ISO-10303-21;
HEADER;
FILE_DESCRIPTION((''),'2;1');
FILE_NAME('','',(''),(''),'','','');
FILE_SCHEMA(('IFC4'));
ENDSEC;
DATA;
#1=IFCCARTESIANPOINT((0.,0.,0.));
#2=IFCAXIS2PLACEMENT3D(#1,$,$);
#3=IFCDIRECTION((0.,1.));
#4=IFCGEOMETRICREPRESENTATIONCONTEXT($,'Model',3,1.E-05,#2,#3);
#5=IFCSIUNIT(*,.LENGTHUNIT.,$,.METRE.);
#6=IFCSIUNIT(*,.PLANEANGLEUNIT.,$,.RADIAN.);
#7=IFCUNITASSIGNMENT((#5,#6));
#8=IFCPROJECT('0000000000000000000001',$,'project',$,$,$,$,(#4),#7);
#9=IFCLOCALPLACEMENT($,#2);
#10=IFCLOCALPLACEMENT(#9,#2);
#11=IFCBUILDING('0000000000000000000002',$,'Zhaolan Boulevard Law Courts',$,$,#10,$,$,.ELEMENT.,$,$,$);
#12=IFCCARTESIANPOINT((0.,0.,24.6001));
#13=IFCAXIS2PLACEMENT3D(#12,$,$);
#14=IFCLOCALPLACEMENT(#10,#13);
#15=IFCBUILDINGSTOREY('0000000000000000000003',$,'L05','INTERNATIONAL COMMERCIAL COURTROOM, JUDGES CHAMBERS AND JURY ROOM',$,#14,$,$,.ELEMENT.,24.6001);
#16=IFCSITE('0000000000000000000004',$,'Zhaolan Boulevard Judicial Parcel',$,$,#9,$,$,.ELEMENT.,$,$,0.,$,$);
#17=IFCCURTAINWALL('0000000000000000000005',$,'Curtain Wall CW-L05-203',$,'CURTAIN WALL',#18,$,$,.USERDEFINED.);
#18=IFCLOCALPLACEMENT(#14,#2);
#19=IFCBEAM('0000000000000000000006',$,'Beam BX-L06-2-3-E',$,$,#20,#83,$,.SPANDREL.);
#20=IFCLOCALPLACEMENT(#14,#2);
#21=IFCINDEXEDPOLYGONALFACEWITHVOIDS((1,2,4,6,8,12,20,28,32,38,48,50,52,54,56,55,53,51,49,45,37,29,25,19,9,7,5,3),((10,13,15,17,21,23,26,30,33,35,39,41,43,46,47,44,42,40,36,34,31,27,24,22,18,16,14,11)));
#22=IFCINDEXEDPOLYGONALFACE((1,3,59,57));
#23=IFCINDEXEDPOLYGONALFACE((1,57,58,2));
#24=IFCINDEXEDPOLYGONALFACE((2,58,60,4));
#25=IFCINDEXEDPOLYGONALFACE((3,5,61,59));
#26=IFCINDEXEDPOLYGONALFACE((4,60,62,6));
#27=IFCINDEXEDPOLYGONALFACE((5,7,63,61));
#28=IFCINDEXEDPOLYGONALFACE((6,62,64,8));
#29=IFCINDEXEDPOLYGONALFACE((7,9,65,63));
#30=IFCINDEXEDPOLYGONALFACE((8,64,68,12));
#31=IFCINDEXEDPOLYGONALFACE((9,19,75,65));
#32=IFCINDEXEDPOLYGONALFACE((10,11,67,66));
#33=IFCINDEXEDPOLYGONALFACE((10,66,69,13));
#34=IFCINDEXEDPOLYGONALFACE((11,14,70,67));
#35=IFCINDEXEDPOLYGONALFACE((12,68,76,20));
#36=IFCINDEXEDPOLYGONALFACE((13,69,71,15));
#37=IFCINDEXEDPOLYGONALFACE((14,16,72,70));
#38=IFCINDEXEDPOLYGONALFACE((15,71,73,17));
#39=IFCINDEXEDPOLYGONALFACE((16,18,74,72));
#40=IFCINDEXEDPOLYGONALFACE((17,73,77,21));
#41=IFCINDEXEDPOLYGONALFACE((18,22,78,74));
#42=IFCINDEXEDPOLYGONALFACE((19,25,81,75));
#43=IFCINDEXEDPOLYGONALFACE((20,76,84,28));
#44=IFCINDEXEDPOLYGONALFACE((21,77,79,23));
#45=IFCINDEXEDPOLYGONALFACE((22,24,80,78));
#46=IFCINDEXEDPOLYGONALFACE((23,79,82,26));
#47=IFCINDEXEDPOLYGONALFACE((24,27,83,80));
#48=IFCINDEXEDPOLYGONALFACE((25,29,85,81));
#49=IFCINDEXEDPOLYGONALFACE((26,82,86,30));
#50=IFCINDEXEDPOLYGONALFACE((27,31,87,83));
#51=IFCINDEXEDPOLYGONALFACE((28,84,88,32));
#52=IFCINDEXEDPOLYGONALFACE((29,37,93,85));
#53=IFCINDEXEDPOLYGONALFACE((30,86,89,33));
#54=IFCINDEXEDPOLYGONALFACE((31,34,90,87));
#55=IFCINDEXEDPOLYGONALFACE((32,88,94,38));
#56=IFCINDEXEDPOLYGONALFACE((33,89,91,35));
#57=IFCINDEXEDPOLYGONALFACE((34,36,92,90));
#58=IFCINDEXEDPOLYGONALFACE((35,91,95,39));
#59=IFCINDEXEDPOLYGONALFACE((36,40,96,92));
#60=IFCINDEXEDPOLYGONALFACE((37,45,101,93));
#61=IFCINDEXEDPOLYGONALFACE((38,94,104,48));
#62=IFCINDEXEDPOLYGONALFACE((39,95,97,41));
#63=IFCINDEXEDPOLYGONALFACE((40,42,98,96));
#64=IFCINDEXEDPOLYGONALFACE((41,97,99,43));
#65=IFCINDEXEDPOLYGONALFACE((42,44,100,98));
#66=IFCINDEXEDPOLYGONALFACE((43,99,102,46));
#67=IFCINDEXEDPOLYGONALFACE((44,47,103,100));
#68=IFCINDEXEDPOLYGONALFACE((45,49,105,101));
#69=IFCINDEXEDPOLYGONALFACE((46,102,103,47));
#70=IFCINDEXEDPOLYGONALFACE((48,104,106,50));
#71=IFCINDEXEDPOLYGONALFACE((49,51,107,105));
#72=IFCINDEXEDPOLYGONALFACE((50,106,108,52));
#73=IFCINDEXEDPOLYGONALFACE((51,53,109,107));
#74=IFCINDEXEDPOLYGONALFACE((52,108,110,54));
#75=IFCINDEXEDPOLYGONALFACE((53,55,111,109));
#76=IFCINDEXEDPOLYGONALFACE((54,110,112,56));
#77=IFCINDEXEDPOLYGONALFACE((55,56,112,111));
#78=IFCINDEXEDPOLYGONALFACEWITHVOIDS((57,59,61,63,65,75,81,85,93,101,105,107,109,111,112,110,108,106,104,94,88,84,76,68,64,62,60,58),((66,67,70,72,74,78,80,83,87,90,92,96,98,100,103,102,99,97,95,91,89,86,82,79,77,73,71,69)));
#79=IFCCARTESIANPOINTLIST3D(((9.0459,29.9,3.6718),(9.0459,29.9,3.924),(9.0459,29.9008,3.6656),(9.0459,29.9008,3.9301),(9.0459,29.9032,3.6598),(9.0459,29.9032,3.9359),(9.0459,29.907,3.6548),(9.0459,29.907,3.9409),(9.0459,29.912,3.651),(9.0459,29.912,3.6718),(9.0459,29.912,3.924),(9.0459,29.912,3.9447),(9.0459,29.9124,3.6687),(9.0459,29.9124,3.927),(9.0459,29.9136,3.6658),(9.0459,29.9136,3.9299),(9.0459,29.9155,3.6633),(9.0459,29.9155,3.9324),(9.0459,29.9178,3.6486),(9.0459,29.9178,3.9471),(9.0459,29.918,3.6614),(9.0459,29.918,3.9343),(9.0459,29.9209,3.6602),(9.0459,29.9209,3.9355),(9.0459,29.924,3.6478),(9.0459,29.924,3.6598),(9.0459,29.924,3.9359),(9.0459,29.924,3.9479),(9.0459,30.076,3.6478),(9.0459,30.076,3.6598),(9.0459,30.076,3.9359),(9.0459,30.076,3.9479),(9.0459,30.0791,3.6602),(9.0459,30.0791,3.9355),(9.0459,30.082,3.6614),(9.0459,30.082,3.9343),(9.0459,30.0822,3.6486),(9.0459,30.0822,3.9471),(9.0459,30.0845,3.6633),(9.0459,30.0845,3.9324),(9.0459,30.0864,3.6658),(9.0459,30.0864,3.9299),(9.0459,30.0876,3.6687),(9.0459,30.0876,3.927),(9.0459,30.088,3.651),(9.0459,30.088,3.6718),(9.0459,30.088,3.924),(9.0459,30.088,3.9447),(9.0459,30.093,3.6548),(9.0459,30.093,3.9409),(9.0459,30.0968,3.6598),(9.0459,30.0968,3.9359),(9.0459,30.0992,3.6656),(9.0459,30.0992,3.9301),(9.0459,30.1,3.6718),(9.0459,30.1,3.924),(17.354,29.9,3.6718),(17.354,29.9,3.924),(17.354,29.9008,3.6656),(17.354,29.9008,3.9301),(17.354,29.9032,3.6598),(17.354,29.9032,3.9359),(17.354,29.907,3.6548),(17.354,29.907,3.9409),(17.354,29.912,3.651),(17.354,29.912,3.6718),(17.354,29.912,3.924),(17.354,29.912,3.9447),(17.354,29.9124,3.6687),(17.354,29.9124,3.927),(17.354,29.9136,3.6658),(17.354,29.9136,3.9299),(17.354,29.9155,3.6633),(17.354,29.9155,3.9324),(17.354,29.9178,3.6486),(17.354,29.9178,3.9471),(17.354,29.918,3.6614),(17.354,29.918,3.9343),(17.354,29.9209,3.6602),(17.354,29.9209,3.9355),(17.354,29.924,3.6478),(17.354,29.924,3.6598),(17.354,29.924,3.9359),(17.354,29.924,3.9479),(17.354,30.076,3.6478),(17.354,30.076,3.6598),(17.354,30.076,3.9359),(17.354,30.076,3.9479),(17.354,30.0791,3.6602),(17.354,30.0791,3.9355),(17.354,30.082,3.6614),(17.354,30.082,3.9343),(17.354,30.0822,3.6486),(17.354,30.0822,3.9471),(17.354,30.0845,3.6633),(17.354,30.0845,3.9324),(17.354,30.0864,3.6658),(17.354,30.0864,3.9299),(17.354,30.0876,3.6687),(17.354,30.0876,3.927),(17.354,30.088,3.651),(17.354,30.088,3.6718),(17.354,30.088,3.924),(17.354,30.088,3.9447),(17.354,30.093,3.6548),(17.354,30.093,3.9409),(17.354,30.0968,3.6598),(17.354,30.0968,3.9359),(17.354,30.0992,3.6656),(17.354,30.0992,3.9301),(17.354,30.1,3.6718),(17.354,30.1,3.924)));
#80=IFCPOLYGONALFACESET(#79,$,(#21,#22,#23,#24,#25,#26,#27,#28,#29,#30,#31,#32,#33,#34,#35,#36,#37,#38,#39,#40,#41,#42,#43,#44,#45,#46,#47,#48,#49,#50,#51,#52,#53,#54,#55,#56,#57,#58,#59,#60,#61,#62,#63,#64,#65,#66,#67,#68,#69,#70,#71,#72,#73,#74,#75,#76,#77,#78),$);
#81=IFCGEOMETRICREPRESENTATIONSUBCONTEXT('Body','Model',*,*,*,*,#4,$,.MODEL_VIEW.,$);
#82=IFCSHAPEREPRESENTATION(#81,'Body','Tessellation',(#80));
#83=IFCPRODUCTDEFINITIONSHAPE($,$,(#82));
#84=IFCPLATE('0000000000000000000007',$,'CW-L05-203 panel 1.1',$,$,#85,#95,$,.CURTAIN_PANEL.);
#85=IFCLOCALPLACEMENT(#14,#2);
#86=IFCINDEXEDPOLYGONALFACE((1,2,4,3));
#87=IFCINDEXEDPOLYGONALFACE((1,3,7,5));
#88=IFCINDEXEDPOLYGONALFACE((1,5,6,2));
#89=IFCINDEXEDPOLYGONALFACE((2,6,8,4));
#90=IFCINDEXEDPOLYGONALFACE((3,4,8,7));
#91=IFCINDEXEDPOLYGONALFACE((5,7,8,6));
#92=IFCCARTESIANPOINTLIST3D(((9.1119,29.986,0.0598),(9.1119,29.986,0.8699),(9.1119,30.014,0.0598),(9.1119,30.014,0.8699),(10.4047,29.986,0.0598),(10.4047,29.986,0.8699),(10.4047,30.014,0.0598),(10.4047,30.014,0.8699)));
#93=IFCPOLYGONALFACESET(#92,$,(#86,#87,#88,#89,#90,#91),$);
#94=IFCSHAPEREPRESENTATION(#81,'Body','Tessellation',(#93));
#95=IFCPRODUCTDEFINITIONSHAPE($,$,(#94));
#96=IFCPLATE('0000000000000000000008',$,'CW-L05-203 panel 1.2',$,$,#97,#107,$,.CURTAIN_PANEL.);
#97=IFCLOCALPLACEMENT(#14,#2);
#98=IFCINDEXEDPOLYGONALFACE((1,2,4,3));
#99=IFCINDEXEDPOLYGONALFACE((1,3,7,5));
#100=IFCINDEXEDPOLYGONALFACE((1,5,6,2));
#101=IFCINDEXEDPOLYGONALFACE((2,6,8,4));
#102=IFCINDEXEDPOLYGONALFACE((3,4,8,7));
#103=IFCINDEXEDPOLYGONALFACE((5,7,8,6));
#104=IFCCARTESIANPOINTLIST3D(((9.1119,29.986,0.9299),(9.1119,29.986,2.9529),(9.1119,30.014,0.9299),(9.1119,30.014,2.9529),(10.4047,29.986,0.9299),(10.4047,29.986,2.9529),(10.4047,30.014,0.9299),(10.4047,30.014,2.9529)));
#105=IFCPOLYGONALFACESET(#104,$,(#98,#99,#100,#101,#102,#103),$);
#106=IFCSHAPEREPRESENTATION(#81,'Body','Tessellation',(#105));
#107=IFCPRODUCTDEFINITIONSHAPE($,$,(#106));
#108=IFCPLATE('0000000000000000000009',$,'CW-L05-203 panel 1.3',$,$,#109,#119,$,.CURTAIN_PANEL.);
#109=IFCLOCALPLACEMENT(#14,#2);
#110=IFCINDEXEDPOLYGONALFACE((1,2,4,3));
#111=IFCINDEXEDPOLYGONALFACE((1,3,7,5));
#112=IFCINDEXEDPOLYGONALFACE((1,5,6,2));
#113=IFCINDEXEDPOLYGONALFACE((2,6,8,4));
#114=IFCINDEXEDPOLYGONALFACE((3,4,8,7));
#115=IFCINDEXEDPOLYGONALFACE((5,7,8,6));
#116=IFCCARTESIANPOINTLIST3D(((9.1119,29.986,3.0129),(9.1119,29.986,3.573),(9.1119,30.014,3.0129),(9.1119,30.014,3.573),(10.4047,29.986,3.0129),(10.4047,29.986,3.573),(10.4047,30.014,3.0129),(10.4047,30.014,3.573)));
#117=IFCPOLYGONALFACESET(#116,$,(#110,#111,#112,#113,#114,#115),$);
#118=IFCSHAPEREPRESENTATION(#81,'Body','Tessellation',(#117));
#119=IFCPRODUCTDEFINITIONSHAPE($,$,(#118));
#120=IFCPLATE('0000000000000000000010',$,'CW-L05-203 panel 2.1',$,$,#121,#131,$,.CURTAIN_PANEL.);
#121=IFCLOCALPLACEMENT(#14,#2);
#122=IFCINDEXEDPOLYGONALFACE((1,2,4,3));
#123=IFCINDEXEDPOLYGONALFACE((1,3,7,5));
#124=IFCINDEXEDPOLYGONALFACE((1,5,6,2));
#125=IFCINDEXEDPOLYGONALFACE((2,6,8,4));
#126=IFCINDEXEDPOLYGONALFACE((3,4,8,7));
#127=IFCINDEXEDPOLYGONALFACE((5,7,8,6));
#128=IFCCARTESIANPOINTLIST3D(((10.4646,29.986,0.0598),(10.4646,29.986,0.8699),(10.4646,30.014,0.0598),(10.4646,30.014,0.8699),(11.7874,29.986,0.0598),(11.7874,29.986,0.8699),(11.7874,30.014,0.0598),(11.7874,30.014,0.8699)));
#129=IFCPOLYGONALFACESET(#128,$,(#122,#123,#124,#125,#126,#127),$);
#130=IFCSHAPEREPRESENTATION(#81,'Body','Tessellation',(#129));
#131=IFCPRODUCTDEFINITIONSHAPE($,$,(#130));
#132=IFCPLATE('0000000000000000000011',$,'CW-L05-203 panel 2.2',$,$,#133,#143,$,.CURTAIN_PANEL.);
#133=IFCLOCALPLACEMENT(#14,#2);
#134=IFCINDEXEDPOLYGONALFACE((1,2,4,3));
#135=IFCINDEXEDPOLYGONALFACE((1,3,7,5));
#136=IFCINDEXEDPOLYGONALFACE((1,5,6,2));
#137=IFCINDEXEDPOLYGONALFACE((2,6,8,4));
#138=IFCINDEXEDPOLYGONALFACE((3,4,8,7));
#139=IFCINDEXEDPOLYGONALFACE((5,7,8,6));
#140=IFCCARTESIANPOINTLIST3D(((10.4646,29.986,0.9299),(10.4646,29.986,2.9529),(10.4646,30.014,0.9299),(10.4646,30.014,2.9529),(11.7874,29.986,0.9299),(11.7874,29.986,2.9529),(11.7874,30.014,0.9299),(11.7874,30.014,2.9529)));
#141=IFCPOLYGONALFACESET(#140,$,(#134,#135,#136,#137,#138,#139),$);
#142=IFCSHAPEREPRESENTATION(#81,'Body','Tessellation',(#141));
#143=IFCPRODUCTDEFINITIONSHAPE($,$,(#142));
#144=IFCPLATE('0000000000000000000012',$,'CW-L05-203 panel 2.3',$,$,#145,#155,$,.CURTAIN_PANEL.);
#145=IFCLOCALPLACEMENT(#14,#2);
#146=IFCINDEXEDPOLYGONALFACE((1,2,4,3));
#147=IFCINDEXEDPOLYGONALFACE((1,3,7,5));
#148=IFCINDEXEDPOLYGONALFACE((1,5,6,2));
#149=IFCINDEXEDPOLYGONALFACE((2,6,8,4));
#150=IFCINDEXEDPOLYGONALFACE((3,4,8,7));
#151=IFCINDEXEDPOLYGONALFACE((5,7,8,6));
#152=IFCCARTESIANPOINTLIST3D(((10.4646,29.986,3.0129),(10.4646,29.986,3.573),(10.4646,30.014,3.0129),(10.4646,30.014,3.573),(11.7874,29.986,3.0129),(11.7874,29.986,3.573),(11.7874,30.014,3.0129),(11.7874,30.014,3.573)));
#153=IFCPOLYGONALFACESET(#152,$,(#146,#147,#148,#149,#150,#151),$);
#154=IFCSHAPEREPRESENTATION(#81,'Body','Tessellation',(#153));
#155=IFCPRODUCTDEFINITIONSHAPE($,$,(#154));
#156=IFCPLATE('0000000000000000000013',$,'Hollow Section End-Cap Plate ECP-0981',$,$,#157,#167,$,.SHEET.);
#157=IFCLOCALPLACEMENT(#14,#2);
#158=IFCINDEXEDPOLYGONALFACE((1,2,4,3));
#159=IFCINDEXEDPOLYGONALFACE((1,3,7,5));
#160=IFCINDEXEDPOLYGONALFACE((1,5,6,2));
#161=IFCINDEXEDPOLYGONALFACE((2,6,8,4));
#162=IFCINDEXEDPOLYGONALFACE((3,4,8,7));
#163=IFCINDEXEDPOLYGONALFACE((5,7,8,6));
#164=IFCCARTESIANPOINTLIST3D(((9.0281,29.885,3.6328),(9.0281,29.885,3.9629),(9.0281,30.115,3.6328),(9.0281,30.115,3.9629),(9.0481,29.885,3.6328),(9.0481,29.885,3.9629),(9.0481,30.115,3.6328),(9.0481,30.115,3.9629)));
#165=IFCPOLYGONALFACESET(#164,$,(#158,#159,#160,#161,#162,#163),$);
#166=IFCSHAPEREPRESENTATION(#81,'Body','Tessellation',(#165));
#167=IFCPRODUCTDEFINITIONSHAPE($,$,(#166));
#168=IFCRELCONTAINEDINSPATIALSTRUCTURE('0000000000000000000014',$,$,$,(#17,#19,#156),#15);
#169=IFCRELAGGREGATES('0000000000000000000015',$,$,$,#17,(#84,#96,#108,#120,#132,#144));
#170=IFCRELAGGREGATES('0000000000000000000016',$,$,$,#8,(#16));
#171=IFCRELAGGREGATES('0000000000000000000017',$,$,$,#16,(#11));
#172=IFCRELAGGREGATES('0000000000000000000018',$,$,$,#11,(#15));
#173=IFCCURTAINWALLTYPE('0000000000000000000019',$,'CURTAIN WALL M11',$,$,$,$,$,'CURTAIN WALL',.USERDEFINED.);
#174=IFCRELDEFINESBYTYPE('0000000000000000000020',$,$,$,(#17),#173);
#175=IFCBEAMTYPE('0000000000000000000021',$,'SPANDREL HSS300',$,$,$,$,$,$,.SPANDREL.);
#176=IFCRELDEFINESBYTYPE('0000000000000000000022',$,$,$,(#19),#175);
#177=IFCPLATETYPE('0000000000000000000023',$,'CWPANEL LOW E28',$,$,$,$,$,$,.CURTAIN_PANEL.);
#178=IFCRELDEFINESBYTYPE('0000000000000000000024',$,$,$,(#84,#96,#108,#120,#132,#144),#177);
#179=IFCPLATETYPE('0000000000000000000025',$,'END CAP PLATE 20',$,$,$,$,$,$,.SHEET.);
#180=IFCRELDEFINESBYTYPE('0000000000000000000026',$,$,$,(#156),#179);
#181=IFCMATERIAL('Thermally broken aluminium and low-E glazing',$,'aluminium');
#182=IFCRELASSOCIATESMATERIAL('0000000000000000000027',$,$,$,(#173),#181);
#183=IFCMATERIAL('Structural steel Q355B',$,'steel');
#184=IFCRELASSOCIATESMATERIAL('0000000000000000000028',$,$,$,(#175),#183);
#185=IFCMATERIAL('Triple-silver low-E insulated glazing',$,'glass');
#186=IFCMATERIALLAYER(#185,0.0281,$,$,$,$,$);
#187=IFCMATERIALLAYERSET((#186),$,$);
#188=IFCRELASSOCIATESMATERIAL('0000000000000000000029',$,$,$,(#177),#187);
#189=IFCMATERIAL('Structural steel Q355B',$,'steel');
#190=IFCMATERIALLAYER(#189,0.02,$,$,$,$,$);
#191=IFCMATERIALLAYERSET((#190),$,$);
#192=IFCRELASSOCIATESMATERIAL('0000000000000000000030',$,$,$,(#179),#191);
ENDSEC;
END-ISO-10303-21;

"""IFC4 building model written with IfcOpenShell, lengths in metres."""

from ifc_helpers import new_model, si_unit, direction, frame, origin, origin_2d, place, context, subcontext, project, spatial, rectangle, hollow_rectangle, extrude, material, layer, layer_set, material_profile, profile_set, type_object, element, aggregate, save


model = new_model("IFC4")

# Units and contexts
model_context = context("Model", 3, precision=1e-05, world=origin(), true_north=direction((0.0, 1.0)))
body_context = subcontext(model_context, "Body", "Model", "MODEL_VIEW")
ifc_project = project(units=[si_unit("LENGTHUNIT", "METRE"), si_unit("PLANEANGLEUNIT", "RADIAN")], contexts=[model_context])

# Site, building, storey
site_placement = place(None, origin())
site = spatial("IfcSite", under=ifc_project, at=site_placement, Name="Zhaolan Boulevard Judicial Parcel", CompositionType="ELEMENT", RefElevation=0.0)
building_placement = place(site_placement, origin())
building = spatial("IfcBuilding", under=site, at=building_placement, Name="Zhaolan Boulevard Law Courts", CompositionType="ELEMENT")
storey_placement = place(building_placement, frame((0.0, 0.0, 24.6001)))
storey = spatial("IfcBuildingStorey", under=building, at=storey_placement, Name="L05", Description="INTERNATIONAL COMMERCIAL COURTROOM, JUDGES CHAMBERS AND JURY ROOM", CompositionType="ELEMENT", Elevation=24.6001)

# Curtain wall
ifc_material_1 = material(Name="Thermally broken aluminium and low-E glazing", Category="aluminium")
curtain_wall_type = type_object("IfcCurtainWallType", Name="CURTAIN WALL M11", ElementType="CURTAIN WALL", PredefinedType="USERDEFINED", material=ifc_material_1)
curtain_wall_placement = place(storey_placement, origin())
curtain_wall = element("IfcCurtainWall", 1, at=curtain_wall_placement, inside=storey, type_object=curtain_wall_type, Name="Curtain Wall CW-L05-203", ObjectType="CURTAIN WALL", PredefinedType="USERDEFINED")

# Beam
ifc_material_2 = material(Name="Structural steel Q355B", Category="steel")
ifc_material_profile_1 = material_profile(ifc_material_2, hollow_rectangle(XDim=0.2, YDim=0.3, WallThickness=0.012, InnerFilletRadius=0.012, OuterFilletRadius=0.0239, at=origin_2d()), Name="HSS300x200x12")
ifc_profile_set_1 = profile_set([ifc_material_profile_1], Name="Structural steel Q355B")
beam_type = type_object("IfcBeamType", Name="SPANDREL HSS300", PredefinedType="SPANDREL", material=ifc_profile_set_1)
beam_placement = place(storey_placement, frame((9.0459, 30.0, 3.7979), z_axis=(1.0, 0.0, 0.0), x_axis=(0.0, 1.0, 0.0)))
element("IfcBeam", 2, at=beam_placement, inside=storey, type_object=beam_type, Name="Beam BX-L06-2-3-E", PredefinedType="SPANDREL", context=body_context, shape_type="SweptSolid", body=[
    extrude(hollow_rectangle(XDim=0.2, YDim=0.3, WallThickness=0.012, InnerFilletRadius=0.012, OuterFilletRadius=0.0239, at=origin_2d()), origin(), (0.0, 0.0, 1.0), 8.3081),
])

# Plates
ifc_material_3 = material(Name="Triple-silver low-E insulated glazing", Category="glass")
ifc_layer_1 = layer(ifc_material_3, 0.0281)
ifc_layer_set_1 = layer_set([ifc_layer_1])
plate_type_1 = type_object("IfcPlateType", Name="CWPANEL LOW E28", PredefinedType="CURTAIN_PANEL", material=ifc_layer_set_1)
plate_1_placement = place(storey_placement, frame((9.7583, 30.0, 0.0598), z_axis=(0.0, 0.0, 1.0), x_axis=(1.0, 0.0, 0.0)))
plate_1 = element("IfcPlate", 3, at=plate_1_placement, type_object=plate_type_1, Name="CW-L05-203 panel 1.1", PredefinedType="CURTAIN_PANEL", context=body_context, shape_type="SweptSolid", body=[
    extrude(rectangle(XDim=1.2927, YDim=0.0281, at=origin_2d()), origin(), (0.0, 0.0, 1.0), 0.8101),
])
plate_2_placement = place(storey_placement, frame((9.7583, 30.0, 0.9299), z_axis=(0.0, 0.0, 1.0), x_axis=(1.0, 0.0, 0.0)))
plate_2 = element("IfcPlate", 4, at=plate_2_placement, type_object=plate_type_1, Name="CW-L05-203 panel 1.2", PredefinedType="CURTAIN_PANEL", context=body_context, shape_type="SweptSolid", body=[
    extrude(rectangle(XDim=1.2927, YDim=0.0281, at=origin_2d()), origin(), (0.0, 0.0, 1.0), 2.0229),
])
plate_3_placement = place(storey_placement, frame((9.7583, 30.0, 3.0129), z_axis=(0.0, 0.0, 1.0), x_axis=(1.0, 0.0, 0.0)))
plate_3 = element("IfcPlate", 5, at=plate_3_placement, type_object=plate_type_1, Name="CW-L05-203 panel 1.3", PredefinedType="CURTAIN_PANEL", context=body_context, shape_type="SweptSolid", body=[
    extrude(rectangle(XDim=1.2927, YDim=0.0281, at=origin_2d()), origin(), (0.0, 0.0, 1.0), 0.5601),
])
plate_4_placement = place(storey_placement, frame((11.126, 30.0, 0.0598), z_axis=(0.0, 0.0, 1.0), x_axis=(1.0, 0.0, 0.0)))
plate_4 = element("IfcPlate", 6, at=plate_4_placement, type_object=plate_type_1, Name="CW-L05-203 panel 2.1", PredefinedType="CURTAIN_PANEL", context=body_context, shape_type="SweptSolid", body=[
    extrude(rectangle(XDim=1.3228, YDim=0.0281, at=origin_2d()), origin(), (0.0, 0.0, 1.0), 0.8101),
])
plate_5_placement = place(storey_placement, frame((11.126, 30.0, 0.9299), z_axis=(0.0, 0.0, 1.0), x_axis=(1.0, 0.0, 0.0)))
plate_5 = element("IfcPlate", 7, at=plate_5_placement, type_object=plate_type_1, Name="CW-L05-203 panel 2.2", PredefinedType="CURTAIN_PANEL", context=body_context, shape_type="SweptSolid", body=[
    extrude(rectangle(XDim=1.3228, YDim=0.0281, at=origin_2d()), origin(), (0.0, 0.0, 1.0), 2.0229),
])
plate_6_placement = place(storey_placement, frame((11.126, 30.0, 3.0129), z_axis=(0.0, 0.0, 1.0), x_axis=(1.0, 0.0, 0.0)))
plate_6 = element("IfcPlate", 8, at=plate_6_placement, type_object=plate_type_1, Name="CW-L05-203 panel 2.3", PredefinedType="CURTAIN_PANEL", context=body_context, shape_type="SweptSolid", body=[
    extrude(rectangle(XDim=1.3228, YDim=0.0281, at=origin_2d()), origin(), (0.0, 0.0, 1.0), 0.5601),
])
aggregate(curtain_wall, [plate_1, plate_2, plate_3, plate_4, plate_5, plate_6])
ifc_material_4 = material(Name="Structural steel Q355B", Category="steel")
ifc_layer_2 = layer(ifc_material_4, 0.02)
ifc_layer_set_2 = layer_set([ifc_layer_2])
plate_type_2 = type_object("IfcPlateType", Name="END CAP PLATE 20", PredefinedType="SHEET", material=ifc_layer_set_2)
plate_7_placement = place(storey_placement, frame((9.0381, 30.0, 3.6328), z_axis=(0.0, 0.0, 1.0), x_axis=(1.0, 0.0, 0.0)))
element("IfcPlate", 9, at=plate_7_placement, inside=storey, type_object=plate_type_2, Name="Hollow Section End-Cap Plate ECP-0981", PredefinedType="SHEET", context=body_context, shape_type="SweptSolid", body=[
    extrude(rectangle(XDim=0.02, YDim=0.23, at=origin_2d()), origin(), (0.0, 0.0, 1.0), 0.3301),
])

save(model, "model.ifc")
